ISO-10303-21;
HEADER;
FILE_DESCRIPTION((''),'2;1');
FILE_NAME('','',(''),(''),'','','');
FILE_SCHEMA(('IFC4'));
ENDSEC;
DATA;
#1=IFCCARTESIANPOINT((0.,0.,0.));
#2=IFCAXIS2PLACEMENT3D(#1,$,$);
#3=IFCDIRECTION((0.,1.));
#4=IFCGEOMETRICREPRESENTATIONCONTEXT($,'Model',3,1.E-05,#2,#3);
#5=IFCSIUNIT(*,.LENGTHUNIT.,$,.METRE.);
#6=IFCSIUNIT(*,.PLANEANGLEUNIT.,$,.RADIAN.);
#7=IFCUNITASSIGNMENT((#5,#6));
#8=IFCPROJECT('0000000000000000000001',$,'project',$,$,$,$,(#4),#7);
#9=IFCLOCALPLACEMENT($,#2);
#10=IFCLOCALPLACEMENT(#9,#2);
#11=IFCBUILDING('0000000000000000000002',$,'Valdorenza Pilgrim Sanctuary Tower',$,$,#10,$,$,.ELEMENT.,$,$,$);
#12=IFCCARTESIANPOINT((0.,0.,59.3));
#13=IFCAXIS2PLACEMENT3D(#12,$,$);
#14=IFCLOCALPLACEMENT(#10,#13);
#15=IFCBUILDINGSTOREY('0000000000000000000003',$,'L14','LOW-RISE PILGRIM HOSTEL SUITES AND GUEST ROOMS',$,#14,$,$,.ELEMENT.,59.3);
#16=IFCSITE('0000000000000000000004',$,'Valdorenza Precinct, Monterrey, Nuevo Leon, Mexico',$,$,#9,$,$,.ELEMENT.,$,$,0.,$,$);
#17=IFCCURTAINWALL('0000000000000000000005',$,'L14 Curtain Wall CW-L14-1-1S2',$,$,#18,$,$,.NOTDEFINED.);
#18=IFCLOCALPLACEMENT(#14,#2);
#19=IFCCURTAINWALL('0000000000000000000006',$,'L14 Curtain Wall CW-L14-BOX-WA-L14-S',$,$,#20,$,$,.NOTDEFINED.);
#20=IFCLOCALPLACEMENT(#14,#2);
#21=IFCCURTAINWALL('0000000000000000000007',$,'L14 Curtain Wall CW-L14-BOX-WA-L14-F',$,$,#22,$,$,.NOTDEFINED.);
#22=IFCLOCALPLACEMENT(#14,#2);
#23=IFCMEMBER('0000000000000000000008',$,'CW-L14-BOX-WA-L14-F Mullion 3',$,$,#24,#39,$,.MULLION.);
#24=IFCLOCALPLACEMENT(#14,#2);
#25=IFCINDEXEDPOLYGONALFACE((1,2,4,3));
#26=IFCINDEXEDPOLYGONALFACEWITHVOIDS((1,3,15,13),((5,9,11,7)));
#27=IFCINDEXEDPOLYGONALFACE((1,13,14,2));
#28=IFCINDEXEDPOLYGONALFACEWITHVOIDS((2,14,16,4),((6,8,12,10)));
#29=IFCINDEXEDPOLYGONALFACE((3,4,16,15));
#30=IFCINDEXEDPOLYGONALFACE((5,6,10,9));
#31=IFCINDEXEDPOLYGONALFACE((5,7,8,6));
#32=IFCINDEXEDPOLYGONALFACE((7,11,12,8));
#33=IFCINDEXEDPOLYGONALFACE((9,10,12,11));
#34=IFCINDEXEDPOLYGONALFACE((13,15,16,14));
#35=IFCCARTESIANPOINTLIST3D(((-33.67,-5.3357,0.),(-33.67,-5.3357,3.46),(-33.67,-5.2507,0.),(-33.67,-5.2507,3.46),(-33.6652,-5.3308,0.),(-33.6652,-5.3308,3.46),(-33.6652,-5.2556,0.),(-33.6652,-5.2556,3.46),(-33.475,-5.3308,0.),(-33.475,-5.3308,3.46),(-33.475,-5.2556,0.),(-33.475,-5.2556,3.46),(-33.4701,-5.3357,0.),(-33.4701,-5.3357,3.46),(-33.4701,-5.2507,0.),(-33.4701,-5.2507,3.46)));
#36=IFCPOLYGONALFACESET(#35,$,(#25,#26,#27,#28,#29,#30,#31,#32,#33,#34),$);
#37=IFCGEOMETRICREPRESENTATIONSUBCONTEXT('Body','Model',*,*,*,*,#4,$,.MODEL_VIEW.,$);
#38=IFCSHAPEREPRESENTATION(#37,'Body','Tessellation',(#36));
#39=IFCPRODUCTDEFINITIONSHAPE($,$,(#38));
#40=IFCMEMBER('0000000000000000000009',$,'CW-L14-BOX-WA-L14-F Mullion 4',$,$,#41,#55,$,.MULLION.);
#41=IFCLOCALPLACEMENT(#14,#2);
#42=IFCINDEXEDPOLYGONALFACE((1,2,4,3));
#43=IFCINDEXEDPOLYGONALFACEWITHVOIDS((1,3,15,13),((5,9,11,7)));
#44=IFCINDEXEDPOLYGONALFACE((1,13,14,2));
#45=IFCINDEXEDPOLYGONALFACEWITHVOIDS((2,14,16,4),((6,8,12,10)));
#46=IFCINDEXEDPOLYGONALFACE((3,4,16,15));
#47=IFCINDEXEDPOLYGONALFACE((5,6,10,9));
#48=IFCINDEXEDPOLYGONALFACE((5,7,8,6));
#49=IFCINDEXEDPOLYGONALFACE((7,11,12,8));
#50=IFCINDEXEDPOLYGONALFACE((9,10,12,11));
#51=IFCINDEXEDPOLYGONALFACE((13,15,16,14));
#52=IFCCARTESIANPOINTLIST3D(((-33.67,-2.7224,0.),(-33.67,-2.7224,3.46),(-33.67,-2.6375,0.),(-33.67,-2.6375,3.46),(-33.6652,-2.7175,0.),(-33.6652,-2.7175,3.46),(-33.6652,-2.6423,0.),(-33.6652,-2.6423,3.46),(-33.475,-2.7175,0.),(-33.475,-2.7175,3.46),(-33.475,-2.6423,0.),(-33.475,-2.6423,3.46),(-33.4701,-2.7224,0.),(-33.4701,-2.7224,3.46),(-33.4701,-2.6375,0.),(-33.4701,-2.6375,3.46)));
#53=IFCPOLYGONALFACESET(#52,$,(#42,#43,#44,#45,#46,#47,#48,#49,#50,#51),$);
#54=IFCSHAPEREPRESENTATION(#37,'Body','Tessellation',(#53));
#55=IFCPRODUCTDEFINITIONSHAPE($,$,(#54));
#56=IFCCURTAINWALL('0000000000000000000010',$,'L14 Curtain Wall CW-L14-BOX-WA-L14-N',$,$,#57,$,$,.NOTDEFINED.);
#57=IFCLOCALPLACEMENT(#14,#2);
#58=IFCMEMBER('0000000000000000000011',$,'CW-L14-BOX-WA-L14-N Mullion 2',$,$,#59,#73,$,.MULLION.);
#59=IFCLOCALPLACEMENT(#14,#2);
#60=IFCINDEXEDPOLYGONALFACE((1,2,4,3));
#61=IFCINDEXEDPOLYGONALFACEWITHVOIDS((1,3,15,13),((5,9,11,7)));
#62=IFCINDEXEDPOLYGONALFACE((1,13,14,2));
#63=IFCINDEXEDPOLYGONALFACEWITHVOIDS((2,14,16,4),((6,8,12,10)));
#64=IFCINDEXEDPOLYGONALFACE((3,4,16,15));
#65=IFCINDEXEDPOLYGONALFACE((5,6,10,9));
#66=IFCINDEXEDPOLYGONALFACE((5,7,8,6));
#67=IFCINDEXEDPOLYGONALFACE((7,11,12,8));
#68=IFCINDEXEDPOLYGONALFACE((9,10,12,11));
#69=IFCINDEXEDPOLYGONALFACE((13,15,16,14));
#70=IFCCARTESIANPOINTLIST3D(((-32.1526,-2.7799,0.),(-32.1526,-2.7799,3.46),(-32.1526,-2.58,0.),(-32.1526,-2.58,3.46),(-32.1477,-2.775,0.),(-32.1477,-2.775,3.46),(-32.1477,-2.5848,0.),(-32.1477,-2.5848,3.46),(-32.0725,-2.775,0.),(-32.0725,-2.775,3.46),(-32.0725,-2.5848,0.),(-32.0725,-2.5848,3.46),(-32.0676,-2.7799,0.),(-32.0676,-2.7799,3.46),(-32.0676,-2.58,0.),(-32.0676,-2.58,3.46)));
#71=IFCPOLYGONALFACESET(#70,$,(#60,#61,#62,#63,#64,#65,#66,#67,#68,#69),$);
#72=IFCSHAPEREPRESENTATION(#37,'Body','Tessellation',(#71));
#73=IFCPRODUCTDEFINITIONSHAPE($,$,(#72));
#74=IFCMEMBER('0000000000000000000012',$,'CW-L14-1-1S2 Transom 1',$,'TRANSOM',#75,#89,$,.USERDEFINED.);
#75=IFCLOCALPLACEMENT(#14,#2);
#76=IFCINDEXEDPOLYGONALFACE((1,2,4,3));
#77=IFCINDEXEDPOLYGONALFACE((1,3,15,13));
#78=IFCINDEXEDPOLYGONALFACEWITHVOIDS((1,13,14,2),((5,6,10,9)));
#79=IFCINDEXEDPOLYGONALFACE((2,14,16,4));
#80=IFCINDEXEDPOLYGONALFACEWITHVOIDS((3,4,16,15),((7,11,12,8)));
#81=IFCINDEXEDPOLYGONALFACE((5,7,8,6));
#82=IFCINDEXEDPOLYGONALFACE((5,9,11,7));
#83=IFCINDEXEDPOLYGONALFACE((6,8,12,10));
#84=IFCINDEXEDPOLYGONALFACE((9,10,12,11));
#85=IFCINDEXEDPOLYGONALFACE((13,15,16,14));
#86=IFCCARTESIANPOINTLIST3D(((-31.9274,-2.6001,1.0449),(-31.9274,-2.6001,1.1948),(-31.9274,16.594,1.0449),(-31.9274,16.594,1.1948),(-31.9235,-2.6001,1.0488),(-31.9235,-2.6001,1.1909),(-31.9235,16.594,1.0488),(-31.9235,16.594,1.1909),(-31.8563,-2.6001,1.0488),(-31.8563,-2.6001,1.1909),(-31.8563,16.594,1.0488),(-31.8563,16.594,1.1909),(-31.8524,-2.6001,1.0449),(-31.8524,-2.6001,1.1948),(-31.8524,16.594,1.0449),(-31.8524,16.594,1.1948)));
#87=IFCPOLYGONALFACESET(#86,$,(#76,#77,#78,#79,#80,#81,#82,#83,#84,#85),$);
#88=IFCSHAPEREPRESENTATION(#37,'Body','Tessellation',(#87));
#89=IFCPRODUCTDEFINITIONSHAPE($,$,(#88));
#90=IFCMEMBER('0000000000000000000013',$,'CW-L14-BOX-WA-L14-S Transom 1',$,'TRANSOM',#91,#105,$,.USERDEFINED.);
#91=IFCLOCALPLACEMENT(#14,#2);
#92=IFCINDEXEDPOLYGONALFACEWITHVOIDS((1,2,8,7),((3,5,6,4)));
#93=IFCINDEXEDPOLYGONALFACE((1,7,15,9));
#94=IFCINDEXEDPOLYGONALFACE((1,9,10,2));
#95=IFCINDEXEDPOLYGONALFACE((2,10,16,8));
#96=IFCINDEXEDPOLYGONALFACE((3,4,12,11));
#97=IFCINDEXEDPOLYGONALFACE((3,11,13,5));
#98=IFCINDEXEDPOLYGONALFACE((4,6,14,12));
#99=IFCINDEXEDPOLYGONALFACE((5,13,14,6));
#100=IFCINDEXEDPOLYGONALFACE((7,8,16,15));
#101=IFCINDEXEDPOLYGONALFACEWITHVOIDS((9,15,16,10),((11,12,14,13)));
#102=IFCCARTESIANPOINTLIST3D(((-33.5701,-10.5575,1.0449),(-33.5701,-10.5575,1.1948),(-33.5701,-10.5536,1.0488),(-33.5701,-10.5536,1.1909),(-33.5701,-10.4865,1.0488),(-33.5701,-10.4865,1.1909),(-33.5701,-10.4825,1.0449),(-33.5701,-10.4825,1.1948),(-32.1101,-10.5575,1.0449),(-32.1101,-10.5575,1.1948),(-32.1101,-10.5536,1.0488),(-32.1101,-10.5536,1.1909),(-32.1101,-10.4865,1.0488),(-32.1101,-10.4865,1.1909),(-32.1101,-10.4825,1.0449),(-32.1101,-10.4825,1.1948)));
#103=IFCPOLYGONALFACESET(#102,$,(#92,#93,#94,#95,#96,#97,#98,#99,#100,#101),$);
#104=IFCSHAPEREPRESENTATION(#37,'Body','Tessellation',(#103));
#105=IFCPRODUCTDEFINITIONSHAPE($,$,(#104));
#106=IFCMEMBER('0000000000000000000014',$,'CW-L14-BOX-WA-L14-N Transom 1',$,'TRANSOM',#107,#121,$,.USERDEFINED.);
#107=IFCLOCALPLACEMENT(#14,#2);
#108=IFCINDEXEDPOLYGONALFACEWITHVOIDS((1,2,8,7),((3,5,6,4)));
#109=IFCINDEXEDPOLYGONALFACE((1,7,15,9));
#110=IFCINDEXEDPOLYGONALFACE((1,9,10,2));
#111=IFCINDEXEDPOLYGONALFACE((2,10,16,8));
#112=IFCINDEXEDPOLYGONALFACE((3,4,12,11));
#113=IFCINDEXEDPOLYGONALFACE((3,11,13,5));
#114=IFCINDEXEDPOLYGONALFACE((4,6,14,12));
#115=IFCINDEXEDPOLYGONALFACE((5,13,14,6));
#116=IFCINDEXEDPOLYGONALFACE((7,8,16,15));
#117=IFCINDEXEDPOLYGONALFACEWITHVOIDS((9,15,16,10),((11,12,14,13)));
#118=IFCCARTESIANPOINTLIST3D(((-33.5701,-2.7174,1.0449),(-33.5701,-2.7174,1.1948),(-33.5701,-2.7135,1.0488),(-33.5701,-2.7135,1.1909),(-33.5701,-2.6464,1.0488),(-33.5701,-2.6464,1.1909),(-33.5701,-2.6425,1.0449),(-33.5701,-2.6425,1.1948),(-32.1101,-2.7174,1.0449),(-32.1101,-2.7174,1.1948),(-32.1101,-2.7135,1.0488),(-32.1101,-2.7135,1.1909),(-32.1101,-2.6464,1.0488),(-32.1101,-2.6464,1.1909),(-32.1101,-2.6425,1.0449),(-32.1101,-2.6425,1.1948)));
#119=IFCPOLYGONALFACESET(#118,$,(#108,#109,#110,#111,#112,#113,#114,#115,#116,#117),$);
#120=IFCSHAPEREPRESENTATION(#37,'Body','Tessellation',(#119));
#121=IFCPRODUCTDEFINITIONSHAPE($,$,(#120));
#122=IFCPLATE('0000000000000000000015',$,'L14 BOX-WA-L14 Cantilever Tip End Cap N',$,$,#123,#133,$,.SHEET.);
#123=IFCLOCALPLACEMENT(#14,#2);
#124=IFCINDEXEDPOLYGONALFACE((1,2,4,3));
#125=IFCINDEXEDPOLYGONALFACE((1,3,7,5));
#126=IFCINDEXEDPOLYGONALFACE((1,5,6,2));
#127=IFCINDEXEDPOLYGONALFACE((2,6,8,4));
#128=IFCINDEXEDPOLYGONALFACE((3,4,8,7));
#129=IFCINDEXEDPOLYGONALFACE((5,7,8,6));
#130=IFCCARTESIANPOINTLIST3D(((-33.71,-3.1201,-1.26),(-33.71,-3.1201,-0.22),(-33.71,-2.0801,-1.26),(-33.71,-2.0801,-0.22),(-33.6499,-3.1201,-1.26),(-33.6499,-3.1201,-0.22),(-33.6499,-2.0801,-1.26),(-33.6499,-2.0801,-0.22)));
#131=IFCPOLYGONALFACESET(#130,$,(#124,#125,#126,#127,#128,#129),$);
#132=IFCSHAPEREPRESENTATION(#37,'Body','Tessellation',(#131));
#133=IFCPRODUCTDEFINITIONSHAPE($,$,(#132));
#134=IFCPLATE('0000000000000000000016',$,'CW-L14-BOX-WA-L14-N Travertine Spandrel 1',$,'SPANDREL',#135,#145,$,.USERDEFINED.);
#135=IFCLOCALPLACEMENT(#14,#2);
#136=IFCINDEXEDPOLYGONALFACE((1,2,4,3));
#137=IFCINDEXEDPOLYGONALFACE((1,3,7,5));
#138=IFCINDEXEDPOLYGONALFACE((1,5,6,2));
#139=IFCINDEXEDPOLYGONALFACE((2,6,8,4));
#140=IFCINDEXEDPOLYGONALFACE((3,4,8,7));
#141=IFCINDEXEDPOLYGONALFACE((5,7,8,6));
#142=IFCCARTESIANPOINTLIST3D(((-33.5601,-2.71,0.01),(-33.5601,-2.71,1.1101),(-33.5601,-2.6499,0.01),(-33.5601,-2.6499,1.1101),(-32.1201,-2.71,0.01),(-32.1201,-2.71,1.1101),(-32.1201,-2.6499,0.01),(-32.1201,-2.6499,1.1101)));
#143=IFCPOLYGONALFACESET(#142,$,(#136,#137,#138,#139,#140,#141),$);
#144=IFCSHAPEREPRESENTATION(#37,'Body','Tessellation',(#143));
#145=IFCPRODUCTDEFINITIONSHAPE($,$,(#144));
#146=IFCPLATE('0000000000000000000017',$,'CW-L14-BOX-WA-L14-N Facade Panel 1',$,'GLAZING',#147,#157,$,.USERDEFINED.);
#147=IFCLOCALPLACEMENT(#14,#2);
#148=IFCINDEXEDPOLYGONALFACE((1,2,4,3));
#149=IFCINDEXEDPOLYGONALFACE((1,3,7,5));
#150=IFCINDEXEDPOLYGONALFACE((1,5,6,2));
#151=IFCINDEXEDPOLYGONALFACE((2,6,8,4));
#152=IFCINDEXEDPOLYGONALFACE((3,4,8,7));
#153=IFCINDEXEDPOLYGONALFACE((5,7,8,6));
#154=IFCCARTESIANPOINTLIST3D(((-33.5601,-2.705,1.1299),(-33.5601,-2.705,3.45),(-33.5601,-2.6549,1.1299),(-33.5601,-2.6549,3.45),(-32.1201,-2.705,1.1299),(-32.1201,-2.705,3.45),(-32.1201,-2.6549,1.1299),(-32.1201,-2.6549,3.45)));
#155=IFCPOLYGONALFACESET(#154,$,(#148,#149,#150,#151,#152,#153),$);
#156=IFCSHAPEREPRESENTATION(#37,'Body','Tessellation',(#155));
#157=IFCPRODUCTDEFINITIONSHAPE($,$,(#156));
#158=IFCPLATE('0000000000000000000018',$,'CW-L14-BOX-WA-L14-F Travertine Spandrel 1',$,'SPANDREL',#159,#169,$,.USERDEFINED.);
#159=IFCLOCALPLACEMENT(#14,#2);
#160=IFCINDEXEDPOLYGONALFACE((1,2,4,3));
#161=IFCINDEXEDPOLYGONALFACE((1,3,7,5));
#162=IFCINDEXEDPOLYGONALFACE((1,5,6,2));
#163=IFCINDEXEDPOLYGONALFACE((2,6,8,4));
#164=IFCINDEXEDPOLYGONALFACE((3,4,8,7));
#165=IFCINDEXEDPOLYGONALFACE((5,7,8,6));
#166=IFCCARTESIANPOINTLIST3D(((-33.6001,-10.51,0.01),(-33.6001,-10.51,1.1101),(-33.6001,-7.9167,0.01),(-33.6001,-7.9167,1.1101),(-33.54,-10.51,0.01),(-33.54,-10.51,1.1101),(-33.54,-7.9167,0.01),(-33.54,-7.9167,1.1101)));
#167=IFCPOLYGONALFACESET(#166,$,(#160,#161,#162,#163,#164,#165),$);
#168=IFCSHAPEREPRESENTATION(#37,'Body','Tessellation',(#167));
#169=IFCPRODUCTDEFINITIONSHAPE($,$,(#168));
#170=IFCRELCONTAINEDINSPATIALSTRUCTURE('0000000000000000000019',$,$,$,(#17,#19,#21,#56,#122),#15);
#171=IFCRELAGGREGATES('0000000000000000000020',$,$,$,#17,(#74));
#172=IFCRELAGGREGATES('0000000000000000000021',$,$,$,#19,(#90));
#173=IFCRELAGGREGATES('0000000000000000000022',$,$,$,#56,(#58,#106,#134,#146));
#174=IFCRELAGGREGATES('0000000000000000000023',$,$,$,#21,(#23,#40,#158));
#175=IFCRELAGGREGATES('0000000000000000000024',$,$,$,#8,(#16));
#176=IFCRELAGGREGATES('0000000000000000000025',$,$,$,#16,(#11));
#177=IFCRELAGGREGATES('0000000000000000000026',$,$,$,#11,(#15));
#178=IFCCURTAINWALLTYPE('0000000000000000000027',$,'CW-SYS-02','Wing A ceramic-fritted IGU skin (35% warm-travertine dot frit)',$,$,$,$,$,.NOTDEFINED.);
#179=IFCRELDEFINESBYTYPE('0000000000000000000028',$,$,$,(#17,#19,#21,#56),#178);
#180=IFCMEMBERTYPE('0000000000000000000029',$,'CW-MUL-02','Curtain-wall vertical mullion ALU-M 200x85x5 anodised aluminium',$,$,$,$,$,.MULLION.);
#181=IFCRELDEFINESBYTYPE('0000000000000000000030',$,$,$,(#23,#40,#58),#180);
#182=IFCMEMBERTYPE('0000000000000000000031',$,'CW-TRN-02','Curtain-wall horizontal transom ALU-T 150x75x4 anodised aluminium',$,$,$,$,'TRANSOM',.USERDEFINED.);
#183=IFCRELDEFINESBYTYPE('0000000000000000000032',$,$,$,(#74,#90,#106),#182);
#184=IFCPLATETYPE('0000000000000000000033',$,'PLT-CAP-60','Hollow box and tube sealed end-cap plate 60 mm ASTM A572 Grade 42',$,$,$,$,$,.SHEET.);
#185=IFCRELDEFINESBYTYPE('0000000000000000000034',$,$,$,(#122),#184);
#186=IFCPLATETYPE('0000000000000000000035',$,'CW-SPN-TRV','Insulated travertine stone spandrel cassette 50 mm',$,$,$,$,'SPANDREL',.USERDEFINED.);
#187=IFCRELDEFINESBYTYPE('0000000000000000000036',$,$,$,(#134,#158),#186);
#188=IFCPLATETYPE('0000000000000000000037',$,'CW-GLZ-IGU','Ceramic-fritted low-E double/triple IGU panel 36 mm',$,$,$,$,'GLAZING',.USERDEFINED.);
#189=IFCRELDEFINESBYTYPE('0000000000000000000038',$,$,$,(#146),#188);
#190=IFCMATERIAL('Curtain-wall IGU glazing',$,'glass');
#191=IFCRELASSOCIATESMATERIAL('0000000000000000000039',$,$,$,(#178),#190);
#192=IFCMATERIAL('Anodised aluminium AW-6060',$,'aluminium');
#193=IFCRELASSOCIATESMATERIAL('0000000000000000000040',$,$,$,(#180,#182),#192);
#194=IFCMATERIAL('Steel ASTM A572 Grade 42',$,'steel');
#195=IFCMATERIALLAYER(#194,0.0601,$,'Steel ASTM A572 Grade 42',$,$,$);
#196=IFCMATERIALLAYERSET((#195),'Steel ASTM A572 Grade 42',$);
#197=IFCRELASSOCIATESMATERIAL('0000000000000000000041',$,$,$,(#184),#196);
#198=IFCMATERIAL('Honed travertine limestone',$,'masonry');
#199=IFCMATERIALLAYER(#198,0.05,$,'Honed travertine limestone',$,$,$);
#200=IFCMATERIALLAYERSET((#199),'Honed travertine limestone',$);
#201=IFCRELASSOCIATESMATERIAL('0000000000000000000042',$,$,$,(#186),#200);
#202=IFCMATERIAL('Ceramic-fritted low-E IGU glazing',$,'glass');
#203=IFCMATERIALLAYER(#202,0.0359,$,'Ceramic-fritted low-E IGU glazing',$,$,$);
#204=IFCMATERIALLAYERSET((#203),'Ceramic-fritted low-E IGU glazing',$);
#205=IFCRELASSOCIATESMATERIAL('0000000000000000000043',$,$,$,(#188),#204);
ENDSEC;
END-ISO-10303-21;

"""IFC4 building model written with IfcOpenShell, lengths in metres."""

from ifc_helpers import new_model, si_unit, direction, frame, origin, origin_2d, place, context, subcontext, project, spatial, rectangle, hollow_rectangle, extrude, source, transform, mapped, material, layer, layer_set, material_profile, profile_set, type_object, element, aggregate, save


model = new_model("IFC4")

# Units and contexts
model_context = context("Model", 3, precision=1e-05, world=origin(), true_north=direction((0.0, 1.0)))
body_context = subcontext(model_context, "Body", "Model", "MODEL_VIEW")
ifc_project = project(units=[si_unit("LENGTHUNIT", "METRE"), si_unit("PLANEANGLEUNIT", "RADIAN")], contexts=[model_context])

# Site, building, storey
site_placement = place(None, origin())
site = spatial("IfcSite", under=ifc_project, at=site_placement, Name="Valdorenza Precinct, Monterrey, Nuevo Leon, Mexico", CompositionType="ELEMENT", RefElevation=0.0)
building_placement = place(site_placement, origin())
building = spatial("IfcBuilding", under=site, at=building_placement, Name="Valdorenza Pilgrim Sanctuary Tower", CompositionType="ELEMENT")
storey_placement = place(building_placement, frame((0.0, 0.0, 59.3)))
storey = spatial("IfcBuildingStorey", under=building, at=storey_placement, Name="L14", Description="LOW-RISE PILGRIM HOSTEL SUITES AND GUEST ROOMS", CompositionType="ELEMENT", Elevation=59.3)

# Shared definitions
ifc_material_1 = material(Name="Steel ASTM A572 Grade 42", Category="steel")

# Curtain walls
ifc_material_2 = material(Name="Curtain-wall IGU glazing", Category="glass")
curtain_wall_type = type_object("IfcCurtainWallType", Name="CW-SYS-02", Description="Wing A ceramic-fritted IGU skin (35% warm-travertine dot frit)", PredefinedType="NOTDEFINED", material=ifc_material_2)
curtain_wall_1_placement = place(storey_placement, origin())
curtain_wall_1 = element("IfcCurtainWall", 1, at=curtain_wall_1_placement, inside=storey, type_object=curtain_wall_type, Name="L14 Curtain Wall CW-L14-1-1S2", PredefinedType="NOTDEFINED")
ifc_material_3 = material(Name="Anodised aluminium AW-6060", Category="aluminium")
ifc_material_profile_1 = material_profile(ifc_material_3, hollow_rectangle(XDim=0.085, YDim=0.2, WallThickness=0.0049, at=origin_2d()), Name="ALU-M 200x85x5")
ifc_profile_set_1 = profile_set([ifc_material_profile_1], Name="Anodised aluminium AW-6060")
member_type_1 = type_object("IfcMemberType", Name="CW-MUL-02", Description="Curtain-wall vertical mullion ALU-M 200x85x5 anodised aluminium", PredefinedType="MULLION", material=ifc_profile_set_1)
shared_shape_1 = source(origin(), body_context, "Body", "SweptSolid", [
    extrude(hollow_rectangle(XDim=0.085, YDim=0.2, WallThickness=0.0049, at=origin_2d()), origin(), (0.0, 0.0, 1.0), 3.46),
])
curtain_wall_2_placement = place(storey_placement, origin())
curtain_wall_2 = element("IfcCurtainWall", 2, at=curtain_wall_2_placement, inside=storey, type_object=curtain_wall_type, Name="L14 Curtain Wall CW-L14-BOX-WA-L14-S", PredefinedType="NOTDEFINED")

# Curtain wall, members
curtain_wall_3_placement = place(storey_placement, origin())
curtain_wall_3 = element("IfcCurtainWall", 3, at=curtain_wall_3_placement, inside=storey, type_object=curtain_wall_type, Name="L14 Curtain Wall CW-L14-BOX-WA-L14-F", PredefinedType="NOTDEFINED")
member_1_placement = place(storey_placement, frame((-33.5701, -5.2932, 0.0), z_axis=(0.0, 0.0, 1.0), x_axis=(0.0, 1.0, 0.0)))
member_1 = element("IfcMember", 4, at=member_1_placement, type_object=member_type_1, Name="CW-L14-BOX-WA-L14-F Mullion 3", PredefinedType="MULLION", context=body_context, shape_type="MappedRepresentation", body=[
    mapped(shared_shape_1, transform((0.0, 0.0, 0.0), x_axis=(1.0, 0.0, 0.0), y_axis=(0.0, 1.0, 0.0), z_axis=(0.0, 0.0, 1.0), scale=1.0)),
])
member_2_placement = place(storey_placement, frame((-33.5701, -2.6799, 0.0), z_axis=(0.0, 0.0, 1.0), x_axis=(0.0, 1.0, 0.0)))
member_2 = element("IfcMember", 5, at=member_2_placement, type_object=member_type_1, Name="CW-L14-BOX-WA-L14-F Mullion 4", PredefinedType="MULLION", context=body_context, shape_type="MappedRepresentation", body=[
    mapped(shared_shape_1, transform((0.0, 0.0, 0.0), x_axis=(1.0, 0.0, 0.0), y_axis=(0.0, 1.0, 0.0), z_axis=(0.0, 0.0, 1.0), scale=1.0)),
])

# Curtain wall, member
curtain_wall_4_placement = place(storey_placement, origin())
curtain_wall_4 = element("IfcCurtainWall", 6, at=curtain_wall_4_placement, inside=storey, type_object=curtain_wall_type, Name="L14 Curtain Wall CW-L14-BOX-WA-L14-N", PredefinedType="NOTDEFINED")
member_3_placement = place(storey_placement, frame((-32.1101, -2.6799, 0.0), z_axis=(0.0, 0.0, 1.0), x_axis=(1.0, 0.0, 0.0)))
member_3 = element("IfcMember", 7, at=member_3_placement, type_object=member_type_1, Name="CW-L14-BOX-WA-L14-N Mullion 2", PredefinedType="MULLION", context=body_context, shape_type="MappedRepresentation", body=[
    mapped(shared_shape_1, transform((0.0, 0.0, 0.0), x_axis=(1.0, 0.0, 0.0), y_axis=(0.0, 1.0, 0.0), z_axis=(0.0, 0.0, 1.0), scale=1.0)),
])

# Members
ifc_material_profile_2 = material_profile(ifc_material_3, hollow_rectangle(XDim=0.075, YDim=0.1499, WallThickness=0.0039, at=origin_2d()), Name="ALU-T 150x75x4")
ifc_profile_set_2 = profile_set([ifc_material_profile_2], Name="Anodised aluminium AW-6060")
member_type_2 = type_object("IfcMemberType", Name="CW-TRN-02", Description="Curtain-wall horizontal transom ALU-T 150x75x4 anodised aluminium", ElementType="TRANSOM", PredefinedType="USERDEFINED", material=ifc_profile_set_2)
shared_shape_2 = source(origin(), body_context, "Body", "SweptSolid", [
    extrude(hollow_rectangle(XDim=0.075, YDim=0.1499, WallThickness=0.0039, at=origin_2d()), origin(), (0.0, 0.0, 1.0), 19.1941),
])
member_4_placement = place(storey_placement, frame((-31.8899, -2.6001, 1.1199), z_axis=(0.0, 1.0, 0.0), x_axis=(-1.0, 0.0, 0.0)))
member_4 = element("IfcMember", 8, at=member_4_placement, type_object=member_type_2, Name="CW-L14-1-1S2 Transom 1", ObjectType="TRANSOM", PredefinedType="USERDEFINED", context=body_context, shape_type="MappedRepresentation", body=[
    mapped(shared_shape_2, transform((0.0, 0.0, 0.0), x_axis=(1.0, 0.0, 0.0), y_axis=(0.0, 1.0, 0.0), z_axis=(0.0, 0.0, 1.0), scale=1.0)),
])
aggregate(curtain_wall_1, [member_4])
shared_shape_3 = source(origin(), body_context, "Body", "SweptSolid", [
    extrude(hollow_rectangle(XDim=0.075, YDim=0.1499, WallThickness=0.0039, at=origin_2d()), origin(), (0.0, 0.0, 1.0), 1.46),
])
member_5_placement = place(storey_placement, frame((-32.1101, -10.52, 1.1199), z_axis=(-1.0, 0.0, 0.0), x_axis=(0.0, -1.0, 0.0)))
member_5 = element("IfcMember", 9, at=member_5_placement, type_object=member_type_2, Name="CW-L14-BOX-WA-L14-S Transom 1", ObjectType="TRANSOM", PredefinedType="USERDEFINED", context=body_context, shape_type="MappedRepresentation", body=[
    mapped(shared_shape_3, transform((0.0, 0.0, 0.0), x_axis=(1.0, 0.0, 0.0), y_axis=(0.0, 1.0, 0.0), z_axis=(0.0, 0.0, 1.0), scale=1.0)),
])
aggregate(curtain_wall_2, [member_5])
member_6_placement = place(storey_placement, frame((-33.5701, -2.6799, 1.1199), z_axis=(1.0, 0.0, 0.0), x_axis=(0.0, 1.0, 0.0)))
member_6 = element("IfcMember", 10, at=member_6_placement, type_object=member_type_2, Name="CW-L14-BOX-WA-L14-N Transom 1", ObjectType="TRANSOM", PredefinedType="USERDEFINED", context=body_context, shape_type="MappedRepresentation", body=[
    mapped(shared_shape_3, transform((0.0, 0.0, 0.0), x_axis=(1.0, 0.0, 0.0), y_axis=(0.0, 1.0, 0.0), z_axis=(0.0, 0.0, 1.0), scale=1.0)),
])

# Plates
ifc_layer_1 = layer(ifc_material_1, 0.0601, Name="Steel ASTM A572 Grade 42")
ifc_layer_set_1 = layer_set([ifc_layer_1], Name="Steel ASTM A572 Grade 42")
plate_type_1 = type_object("IfcPlateType", Name="PLT-CAP-60", Description="Hollow box and tube sealed end-cap plate 60 mm ASTM A572 Grade 42", PredefinedType="SHEET", material=ifc_layer_set_1)
shared_shape_4 = source(origin(), body_context, "Body", "SweptSolid", [
    extrude(rectangle(XDim=0.0601, YDim=1.04, at=origin_2d()), origin(), (0.0, 0.0, 1.0), 1.04),
])
plate_1_placement = place(storey_placement, frame((-33.6799, -2.6001, -1.26), z_axis=(0.0, 0.0, 1.0), x_axis=(1.0, 0.0, 0.0)))
element("IfcPlate", 11, at=plate_1_placement, inside=storey, type_object=plate_type_1, Name="L14 BOX-WA-L14 Cantilever Tip End Cap N", PredefinedType="SHEET", context=body_context, shape_type="MappedRepresentation", body=[
    mapped(shared_shape_4, transform((0.0, 0.0, 0.0), x_axis=(1.0, 0.0, 0.0), y_axis=(0.0, 1.0, 0.0), z_axis=(0.0, 0.0, 1.0), scale=1.0)),
])
ifc_material_4 = material(Name="Honed travertine limestone", Category="masonry")
ifc_layer_2 = layer(ifc_material_4, 0.05, Name="Honed travertine limestone")
ifc_layer_set_2 = layer_set([ifc_layer_2], Name="Honed travertine limestone")
plate_type_2 = type_object("IfcPlateType", Name="CW-SPN-TRV", Description="Insulated travertine stone spandrel cassette 50 mm", ElementType="SPANDREL", PredefinedType="USERDEFINED", material=ifc_layer_set_2)
shared_shape_5 = source(origin(), body_context, "Body", "SweptSolid", [
    extrude(rectangle(XDim=1.4399, YDim=0.0601, at=origin_2d()), origin(), (0.0, 0.0, 1.0), 1.1001),
])
plate_2_placement = place(storey_placement, frame((-32.8401, -2.6799, 0.01), z_axis=(0.0, 0.0, 1.0), x_axis=(1.0, 0.0, 0.0)))
plate_2 = element("IfcPlate", 12, at=plate_2_placement, type_object=plate_type_2, Name="CW-L14-BOX-WA-L14-N Travertine Spandrel 1", ObjectType="SPANDREL", PredefinedType="USERDEFINED", context=body_context, shape_type="MappedRepresentation", body=[
    mapped(shared_shape_5, transform((0.0, 0.0, 0.0), x_axis=(1.0, 0.0, 0.0), y_axis=(0.0, 1.0, 0.0), z_axis=(0.0, 0.0, 1.0), scale=1.0)),
])
ifc_material_5 = material(Name="Ceramic-fritted low-E IGU glazing", Category="glass")
ifc_layer_3 = layer(ifc_material_5, 0.0359, Name="Ceramic-fritted low-E IGU glazing")
ifc_layer_set_3 = layer_set([ifc_layer_3], Name="Ceramic-fritted low-E IGU glazing")
plate_type_3 = type_object("IfcPlateType", Name="CW-GLZ-IGU", Description="Ceramic-fritted low-E double/triple IGU panel 36 mm", ElementType="GLAZING", PredefinedType="USERDEFINED", material=ifc_layer_set_3)
shared_shape_6 = source(origin(), body_context, "Body", "SweptSolid", [
    extrude(rectangle(XDim=1.4399, YDim=0.05, at=origin_2d()), origin(), (0.0, 0.0, 1.0), 2.3201),
])
plate_3_placement = place(storey_placement, frame((-32.8401, -2.6799, 1.1299), z_axis=(0.0, 0.0, 1.0), x_axis=(1.0, 0.0, 0.0)))
plate_3 = element("IfcPlate", 13, at=plate_3_placement, type_object=plate_type_3, Name="CW-L14-BOX-WA-L14-N Facade Panel 1", ObjectType="GLAZING", PredefinedType="USERDEFINED", context=body_context, shape_type="MappedRepresentation", body=[
    mapped(shared_shape_6, transform((0.0, 0.0, 0.0), x_axis=(1.0, 0.0, 0.0), y_axis=(0.0, 1.0, 0.0), z_axis=(0.0, 0.0, 1.0), scale=1.0)),
])
aggregate(curtain_wall_4, [member_3, member_6, plate_2, plate_3])
shared_shape_7 = source(origin(), body_context, "Body", "SweptSolid", [
    extrude(rectangle(XDim=2.5933, YDim=0.0601, at=origin_2d()), origin(), (0.0, 0.0, 1.0), 1.1001),
])
plate_4_placement = place(storey_placement, frame((-33.5701, -9.2134, 0.01), z_axis=(0.0, 0.0, 1.0), x_axis=(0.0, 1.0, 0.0)))
plate_4 = element("IfcPlate", 14, at=plate_4_placement, type_object=plate_type_2, Name="CW-L14-BOX-WA-L14-F Travertine Spandrel 1", ObjectType="SPANDREL", PredefinedType="USERDEFINED", context=body_context, shape_type="MappedRepresentation", body=[
    mapped(shared_shape_7, transform((0.0, 0.0, 0.0), x_axis=(1.0, 0.0, 0.0), y_axis=(0.0, 1.0, 0.0), z_axis=(0.0, 0.0, 1.0), scale=1.0)),
])
aggregate(curtain_wall_3, [member_1, member_2, plate_4])

save(model, "model.ifc")
